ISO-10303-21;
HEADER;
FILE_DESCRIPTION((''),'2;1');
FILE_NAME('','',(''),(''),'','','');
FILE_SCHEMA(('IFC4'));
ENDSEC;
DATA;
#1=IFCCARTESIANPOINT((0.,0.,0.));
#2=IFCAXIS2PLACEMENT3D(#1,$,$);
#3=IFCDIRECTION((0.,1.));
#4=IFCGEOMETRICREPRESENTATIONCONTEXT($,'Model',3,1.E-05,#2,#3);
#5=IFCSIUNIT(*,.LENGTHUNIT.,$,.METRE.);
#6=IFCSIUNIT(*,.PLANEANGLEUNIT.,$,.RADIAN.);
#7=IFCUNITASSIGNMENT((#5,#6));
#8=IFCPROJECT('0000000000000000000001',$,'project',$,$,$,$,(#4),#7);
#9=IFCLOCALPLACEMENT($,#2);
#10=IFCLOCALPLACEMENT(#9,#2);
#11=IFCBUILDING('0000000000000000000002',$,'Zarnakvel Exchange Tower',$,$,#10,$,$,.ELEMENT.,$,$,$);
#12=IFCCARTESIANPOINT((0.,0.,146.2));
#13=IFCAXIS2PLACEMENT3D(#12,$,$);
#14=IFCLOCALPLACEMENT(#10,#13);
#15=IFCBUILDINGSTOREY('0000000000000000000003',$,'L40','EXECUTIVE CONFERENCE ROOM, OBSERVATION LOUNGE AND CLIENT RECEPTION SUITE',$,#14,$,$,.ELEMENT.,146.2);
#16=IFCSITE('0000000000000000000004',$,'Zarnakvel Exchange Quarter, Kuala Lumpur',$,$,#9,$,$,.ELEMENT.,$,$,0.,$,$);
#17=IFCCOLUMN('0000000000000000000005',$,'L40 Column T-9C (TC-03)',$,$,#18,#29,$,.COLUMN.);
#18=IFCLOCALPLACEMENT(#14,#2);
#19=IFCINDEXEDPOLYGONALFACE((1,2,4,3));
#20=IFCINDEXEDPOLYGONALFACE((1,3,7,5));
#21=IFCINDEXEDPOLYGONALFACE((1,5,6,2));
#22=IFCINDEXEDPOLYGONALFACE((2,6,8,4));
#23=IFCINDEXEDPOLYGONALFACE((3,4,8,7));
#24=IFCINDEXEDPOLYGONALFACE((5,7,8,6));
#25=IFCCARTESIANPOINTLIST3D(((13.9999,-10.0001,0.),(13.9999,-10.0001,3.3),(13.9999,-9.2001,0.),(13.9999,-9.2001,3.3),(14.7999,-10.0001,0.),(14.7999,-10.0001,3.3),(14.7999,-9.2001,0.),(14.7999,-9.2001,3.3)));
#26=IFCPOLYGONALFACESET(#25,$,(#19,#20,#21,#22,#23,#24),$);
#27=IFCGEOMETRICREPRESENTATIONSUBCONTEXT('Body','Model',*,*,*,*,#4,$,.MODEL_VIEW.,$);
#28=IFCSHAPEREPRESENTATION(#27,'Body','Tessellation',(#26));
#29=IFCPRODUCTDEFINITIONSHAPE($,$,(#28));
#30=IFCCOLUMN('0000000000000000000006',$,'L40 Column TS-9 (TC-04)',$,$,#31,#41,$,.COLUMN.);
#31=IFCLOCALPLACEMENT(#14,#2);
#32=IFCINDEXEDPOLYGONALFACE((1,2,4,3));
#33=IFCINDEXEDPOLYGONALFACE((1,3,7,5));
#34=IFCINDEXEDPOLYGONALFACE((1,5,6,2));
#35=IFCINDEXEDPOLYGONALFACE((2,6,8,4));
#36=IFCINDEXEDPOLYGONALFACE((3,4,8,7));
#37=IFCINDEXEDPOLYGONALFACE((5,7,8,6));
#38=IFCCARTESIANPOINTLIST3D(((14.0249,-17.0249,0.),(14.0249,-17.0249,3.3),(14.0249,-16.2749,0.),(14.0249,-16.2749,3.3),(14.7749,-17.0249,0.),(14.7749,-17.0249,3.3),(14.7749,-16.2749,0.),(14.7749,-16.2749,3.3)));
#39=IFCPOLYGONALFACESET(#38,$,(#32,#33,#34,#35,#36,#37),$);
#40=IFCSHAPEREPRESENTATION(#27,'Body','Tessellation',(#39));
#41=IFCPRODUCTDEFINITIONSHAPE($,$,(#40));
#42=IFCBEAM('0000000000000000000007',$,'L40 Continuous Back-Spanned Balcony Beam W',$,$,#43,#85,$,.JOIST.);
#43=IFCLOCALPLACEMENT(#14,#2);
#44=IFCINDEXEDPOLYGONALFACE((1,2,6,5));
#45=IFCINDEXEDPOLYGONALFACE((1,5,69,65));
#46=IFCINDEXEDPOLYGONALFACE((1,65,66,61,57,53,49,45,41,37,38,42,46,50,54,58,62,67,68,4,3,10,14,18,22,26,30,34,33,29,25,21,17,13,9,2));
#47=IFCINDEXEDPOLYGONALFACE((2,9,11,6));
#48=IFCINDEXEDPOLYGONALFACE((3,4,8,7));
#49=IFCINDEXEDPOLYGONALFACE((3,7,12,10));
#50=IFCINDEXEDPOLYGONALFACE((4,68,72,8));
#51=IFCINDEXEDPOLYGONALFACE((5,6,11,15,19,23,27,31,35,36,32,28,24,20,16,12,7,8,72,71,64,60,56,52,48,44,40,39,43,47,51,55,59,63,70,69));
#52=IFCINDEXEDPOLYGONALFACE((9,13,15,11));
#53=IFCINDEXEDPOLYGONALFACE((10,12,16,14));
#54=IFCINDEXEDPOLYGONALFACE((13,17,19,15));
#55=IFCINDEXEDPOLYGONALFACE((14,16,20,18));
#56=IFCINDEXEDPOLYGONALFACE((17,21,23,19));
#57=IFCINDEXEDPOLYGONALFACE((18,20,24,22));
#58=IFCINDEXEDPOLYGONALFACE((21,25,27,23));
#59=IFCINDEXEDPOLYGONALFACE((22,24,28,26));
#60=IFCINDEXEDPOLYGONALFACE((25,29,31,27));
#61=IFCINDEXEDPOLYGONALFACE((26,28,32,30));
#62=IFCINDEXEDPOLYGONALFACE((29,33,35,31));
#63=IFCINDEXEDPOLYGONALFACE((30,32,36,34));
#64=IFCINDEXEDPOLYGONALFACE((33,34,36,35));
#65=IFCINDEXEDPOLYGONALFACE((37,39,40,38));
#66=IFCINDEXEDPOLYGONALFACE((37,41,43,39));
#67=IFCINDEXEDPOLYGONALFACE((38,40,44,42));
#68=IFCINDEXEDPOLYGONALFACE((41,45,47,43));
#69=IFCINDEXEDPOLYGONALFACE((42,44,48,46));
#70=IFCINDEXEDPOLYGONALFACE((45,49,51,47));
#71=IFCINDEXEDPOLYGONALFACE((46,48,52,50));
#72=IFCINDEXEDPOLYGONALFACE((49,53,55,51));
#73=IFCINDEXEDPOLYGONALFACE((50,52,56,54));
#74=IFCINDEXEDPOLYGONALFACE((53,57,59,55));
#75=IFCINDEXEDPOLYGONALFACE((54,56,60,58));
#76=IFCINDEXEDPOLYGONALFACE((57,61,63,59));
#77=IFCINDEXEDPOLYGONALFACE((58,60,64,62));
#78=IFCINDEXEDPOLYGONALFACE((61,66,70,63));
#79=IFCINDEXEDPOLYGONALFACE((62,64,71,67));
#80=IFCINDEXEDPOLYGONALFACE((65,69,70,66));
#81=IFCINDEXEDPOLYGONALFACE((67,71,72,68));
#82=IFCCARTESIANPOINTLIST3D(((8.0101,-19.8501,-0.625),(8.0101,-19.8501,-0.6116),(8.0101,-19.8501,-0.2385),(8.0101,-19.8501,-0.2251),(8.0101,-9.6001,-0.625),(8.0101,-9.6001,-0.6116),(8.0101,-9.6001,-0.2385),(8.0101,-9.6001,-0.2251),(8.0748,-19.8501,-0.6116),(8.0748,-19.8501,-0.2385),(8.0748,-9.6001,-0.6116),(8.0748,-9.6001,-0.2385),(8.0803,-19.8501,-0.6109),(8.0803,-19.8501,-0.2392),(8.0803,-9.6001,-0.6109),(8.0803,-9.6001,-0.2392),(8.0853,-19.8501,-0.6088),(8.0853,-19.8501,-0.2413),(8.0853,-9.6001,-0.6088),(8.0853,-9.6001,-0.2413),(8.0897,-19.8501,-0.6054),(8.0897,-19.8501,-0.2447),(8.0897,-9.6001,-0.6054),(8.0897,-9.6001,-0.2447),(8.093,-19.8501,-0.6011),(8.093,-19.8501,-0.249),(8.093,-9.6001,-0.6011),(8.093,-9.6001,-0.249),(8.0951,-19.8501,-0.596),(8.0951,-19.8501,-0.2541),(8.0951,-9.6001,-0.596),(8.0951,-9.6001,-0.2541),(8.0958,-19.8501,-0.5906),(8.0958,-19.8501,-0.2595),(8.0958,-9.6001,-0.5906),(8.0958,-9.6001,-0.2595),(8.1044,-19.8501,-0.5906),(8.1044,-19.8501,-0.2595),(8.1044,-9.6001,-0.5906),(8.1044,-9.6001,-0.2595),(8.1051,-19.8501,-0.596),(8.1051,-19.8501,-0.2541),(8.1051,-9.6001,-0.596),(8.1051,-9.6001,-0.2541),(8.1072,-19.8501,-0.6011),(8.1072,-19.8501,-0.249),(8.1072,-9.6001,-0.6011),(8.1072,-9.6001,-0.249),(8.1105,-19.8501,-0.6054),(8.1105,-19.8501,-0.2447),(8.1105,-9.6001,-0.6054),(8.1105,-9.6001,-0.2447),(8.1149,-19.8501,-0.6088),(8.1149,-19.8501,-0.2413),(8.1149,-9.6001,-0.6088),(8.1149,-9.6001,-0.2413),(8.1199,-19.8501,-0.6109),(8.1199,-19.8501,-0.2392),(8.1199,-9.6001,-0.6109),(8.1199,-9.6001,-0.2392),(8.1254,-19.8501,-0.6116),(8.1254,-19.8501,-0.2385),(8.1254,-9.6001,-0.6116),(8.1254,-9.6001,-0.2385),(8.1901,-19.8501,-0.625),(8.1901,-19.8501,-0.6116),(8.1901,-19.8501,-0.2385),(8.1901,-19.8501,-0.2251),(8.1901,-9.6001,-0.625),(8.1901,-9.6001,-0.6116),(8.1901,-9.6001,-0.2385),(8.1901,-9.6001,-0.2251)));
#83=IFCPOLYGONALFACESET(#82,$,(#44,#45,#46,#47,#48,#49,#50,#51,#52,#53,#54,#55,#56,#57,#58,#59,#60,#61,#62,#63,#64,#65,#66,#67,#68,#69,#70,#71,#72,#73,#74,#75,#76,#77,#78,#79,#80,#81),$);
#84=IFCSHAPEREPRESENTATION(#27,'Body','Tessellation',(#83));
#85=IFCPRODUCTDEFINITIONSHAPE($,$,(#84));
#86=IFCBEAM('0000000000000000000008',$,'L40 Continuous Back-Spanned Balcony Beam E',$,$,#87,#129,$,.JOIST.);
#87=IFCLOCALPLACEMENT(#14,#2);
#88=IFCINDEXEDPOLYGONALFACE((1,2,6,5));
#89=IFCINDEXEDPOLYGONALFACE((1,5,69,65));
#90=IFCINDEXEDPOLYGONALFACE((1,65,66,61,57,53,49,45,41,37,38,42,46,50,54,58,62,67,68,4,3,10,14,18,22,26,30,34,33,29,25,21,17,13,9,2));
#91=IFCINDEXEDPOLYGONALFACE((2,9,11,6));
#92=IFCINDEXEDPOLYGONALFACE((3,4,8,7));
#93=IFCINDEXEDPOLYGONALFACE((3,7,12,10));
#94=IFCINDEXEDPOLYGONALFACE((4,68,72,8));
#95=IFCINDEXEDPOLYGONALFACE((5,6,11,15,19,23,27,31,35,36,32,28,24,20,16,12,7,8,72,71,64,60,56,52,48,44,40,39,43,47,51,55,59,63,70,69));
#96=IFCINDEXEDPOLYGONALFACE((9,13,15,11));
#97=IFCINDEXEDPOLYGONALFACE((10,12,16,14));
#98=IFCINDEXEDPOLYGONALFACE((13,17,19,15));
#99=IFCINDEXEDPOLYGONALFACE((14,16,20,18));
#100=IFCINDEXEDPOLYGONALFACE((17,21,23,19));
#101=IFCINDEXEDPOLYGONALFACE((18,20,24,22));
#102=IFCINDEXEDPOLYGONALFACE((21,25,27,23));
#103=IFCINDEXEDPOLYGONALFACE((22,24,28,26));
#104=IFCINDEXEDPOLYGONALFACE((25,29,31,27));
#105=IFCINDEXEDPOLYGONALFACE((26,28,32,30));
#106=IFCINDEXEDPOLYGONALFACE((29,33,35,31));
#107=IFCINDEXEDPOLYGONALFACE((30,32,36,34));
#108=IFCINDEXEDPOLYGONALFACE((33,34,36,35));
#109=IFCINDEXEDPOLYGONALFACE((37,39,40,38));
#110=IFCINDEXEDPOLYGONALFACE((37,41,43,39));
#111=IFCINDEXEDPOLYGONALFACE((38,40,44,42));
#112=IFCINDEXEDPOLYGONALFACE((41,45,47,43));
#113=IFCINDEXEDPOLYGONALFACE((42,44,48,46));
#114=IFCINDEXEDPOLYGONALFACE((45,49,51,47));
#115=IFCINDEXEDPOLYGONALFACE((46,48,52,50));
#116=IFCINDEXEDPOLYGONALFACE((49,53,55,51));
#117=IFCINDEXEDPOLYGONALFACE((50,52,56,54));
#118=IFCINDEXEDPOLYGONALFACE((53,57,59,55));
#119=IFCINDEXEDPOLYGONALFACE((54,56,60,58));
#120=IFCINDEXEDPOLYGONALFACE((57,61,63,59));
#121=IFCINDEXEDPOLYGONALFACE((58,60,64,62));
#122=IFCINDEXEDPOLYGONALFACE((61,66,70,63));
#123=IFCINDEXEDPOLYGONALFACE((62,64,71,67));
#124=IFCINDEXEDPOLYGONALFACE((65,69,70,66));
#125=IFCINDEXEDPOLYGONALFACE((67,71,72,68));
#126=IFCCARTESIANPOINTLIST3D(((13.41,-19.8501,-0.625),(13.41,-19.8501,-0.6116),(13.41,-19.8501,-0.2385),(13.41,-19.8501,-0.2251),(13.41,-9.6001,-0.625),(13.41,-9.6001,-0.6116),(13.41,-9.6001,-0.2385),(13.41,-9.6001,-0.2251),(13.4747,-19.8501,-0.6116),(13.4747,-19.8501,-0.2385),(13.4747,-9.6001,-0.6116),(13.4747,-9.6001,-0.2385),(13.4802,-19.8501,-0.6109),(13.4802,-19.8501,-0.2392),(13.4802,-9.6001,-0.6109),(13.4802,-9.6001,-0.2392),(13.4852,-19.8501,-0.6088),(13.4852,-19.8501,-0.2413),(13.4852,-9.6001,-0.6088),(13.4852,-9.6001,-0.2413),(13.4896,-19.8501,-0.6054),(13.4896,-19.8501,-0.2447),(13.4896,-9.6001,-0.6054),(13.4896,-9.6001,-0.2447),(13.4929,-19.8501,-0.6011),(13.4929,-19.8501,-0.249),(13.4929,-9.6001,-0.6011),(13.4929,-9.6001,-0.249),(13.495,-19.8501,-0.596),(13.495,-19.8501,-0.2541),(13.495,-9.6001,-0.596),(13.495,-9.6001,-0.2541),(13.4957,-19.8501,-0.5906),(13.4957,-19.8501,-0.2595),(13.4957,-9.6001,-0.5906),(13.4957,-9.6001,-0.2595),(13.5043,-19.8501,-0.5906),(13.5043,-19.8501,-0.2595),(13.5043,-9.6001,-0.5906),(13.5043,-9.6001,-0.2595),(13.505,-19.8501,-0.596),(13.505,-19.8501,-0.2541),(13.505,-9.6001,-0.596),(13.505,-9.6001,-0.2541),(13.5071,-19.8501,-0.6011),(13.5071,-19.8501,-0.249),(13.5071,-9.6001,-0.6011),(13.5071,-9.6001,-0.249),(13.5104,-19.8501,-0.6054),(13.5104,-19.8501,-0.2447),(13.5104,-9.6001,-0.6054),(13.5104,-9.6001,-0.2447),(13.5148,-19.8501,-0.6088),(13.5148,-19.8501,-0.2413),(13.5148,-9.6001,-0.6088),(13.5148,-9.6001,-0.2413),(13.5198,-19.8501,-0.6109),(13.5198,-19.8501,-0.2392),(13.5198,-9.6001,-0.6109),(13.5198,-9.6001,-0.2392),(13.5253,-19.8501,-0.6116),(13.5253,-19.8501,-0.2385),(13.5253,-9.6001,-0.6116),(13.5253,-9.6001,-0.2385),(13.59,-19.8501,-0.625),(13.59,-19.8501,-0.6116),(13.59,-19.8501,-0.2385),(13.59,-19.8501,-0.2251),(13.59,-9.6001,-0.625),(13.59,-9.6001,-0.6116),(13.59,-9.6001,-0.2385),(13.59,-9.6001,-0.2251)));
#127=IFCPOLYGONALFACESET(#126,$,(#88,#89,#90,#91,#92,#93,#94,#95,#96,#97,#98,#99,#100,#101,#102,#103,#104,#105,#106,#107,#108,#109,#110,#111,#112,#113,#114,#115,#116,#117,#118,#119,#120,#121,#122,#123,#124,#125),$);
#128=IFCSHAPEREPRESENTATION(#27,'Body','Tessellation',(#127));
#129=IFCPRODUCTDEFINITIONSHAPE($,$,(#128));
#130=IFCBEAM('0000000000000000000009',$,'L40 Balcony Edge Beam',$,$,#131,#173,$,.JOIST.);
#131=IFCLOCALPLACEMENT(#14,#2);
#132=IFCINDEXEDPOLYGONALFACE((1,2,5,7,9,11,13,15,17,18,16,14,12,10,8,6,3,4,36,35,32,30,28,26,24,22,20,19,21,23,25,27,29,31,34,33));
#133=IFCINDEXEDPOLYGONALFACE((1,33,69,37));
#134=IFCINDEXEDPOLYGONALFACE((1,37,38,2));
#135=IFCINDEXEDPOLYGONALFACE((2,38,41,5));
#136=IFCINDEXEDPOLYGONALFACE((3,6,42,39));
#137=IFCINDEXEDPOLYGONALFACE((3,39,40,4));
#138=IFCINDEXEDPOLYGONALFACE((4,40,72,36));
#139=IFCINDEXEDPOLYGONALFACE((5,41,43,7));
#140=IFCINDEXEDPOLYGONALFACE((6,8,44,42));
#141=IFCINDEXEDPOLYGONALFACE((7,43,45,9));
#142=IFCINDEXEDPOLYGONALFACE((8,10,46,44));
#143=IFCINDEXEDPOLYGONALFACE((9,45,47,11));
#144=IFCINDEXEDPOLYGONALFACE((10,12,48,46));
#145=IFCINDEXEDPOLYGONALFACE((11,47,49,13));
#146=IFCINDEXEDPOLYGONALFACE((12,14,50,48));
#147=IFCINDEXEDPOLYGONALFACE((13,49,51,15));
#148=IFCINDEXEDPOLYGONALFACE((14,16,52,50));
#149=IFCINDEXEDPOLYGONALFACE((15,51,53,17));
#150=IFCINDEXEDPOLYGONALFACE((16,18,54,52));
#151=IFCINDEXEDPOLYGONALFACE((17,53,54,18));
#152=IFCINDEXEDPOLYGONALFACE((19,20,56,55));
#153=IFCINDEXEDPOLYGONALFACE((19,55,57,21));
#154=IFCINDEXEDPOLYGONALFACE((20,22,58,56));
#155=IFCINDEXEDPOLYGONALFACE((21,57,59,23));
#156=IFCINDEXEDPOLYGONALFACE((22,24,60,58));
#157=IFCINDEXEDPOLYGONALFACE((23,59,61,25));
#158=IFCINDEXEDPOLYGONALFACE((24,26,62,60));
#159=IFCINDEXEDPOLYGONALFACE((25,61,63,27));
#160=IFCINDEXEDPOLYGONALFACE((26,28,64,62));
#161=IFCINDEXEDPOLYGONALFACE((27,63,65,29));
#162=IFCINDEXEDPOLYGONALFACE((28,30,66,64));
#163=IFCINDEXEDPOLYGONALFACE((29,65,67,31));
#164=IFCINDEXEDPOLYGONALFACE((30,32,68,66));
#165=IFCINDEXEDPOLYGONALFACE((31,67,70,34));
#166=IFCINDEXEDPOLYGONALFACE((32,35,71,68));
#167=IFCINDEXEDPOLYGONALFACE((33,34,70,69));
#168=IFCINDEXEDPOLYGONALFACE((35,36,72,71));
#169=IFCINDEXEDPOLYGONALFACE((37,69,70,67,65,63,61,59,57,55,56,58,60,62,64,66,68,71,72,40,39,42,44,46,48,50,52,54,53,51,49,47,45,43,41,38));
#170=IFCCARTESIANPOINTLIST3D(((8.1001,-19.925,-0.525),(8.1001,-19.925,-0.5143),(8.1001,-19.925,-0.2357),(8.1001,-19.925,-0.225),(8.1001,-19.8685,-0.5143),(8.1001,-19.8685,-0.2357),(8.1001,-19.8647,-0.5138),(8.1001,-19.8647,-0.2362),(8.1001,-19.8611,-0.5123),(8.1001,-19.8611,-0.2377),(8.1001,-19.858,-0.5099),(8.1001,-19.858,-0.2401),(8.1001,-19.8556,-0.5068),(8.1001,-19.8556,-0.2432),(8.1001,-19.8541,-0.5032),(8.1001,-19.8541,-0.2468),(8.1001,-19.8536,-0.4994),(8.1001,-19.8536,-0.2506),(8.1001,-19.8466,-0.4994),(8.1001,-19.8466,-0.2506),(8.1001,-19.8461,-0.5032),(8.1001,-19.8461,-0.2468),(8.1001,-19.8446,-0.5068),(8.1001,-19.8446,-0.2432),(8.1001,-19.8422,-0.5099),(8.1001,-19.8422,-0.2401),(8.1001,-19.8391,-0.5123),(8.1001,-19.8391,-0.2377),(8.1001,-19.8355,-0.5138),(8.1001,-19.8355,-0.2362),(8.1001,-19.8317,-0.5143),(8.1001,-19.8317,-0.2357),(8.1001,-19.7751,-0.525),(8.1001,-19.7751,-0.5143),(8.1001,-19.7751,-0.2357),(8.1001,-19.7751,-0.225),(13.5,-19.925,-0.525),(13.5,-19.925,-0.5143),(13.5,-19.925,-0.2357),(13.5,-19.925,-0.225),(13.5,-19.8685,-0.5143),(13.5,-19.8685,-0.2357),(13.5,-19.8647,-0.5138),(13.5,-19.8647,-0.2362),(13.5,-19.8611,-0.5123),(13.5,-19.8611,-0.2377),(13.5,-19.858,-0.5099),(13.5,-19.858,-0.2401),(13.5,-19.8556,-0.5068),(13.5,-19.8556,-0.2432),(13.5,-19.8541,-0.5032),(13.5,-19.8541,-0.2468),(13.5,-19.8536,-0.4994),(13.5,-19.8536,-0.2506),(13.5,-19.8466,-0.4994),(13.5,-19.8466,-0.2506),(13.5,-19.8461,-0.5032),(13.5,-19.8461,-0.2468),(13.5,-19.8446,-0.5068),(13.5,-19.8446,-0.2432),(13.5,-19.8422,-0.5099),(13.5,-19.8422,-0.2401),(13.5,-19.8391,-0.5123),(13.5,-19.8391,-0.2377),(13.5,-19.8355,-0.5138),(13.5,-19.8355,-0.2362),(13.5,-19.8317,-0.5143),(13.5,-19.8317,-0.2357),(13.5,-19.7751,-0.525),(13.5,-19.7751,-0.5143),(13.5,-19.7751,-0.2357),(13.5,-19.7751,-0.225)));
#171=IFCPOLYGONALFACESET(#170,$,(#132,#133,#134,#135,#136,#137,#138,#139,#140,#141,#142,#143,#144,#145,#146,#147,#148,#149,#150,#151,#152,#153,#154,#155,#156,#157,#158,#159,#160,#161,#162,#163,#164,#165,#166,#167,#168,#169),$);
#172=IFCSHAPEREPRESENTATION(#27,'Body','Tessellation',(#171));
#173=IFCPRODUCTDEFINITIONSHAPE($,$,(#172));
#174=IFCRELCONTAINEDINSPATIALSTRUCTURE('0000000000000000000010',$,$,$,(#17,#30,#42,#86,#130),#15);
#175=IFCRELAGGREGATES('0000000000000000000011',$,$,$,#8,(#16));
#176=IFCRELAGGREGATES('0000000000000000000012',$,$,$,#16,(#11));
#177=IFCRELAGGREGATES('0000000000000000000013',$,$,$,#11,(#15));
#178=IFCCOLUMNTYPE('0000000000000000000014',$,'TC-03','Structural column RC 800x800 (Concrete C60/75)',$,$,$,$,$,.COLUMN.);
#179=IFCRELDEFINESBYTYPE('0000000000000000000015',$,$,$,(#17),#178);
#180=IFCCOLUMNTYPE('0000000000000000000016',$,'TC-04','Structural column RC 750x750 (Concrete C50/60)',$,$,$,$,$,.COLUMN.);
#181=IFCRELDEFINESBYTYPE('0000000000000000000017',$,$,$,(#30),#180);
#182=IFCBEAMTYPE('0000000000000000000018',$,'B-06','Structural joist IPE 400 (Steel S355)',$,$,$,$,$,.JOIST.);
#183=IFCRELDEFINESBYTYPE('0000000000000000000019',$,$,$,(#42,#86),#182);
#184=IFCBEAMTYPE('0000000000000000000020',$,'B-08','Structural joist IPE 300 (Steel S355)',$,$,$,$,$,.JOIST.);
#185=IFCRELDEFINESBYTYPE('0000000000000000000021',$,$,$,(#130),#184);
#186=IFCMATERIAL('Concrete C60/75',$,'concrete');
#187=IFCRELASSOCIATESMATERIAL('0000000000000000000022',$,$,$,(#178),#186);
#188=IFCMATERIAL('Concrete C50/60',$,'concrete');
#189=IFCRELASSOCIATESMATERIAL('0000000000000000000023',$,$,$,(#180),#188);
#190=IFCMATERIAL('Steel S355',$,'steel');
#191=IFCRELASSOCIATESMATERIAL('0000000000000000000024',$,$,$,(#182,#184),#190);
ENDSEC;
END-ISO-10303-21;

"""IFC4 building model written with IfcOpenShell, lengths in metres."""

from ifc_helpers import new_model, si_unit, direction, frame, origin, origin_2d, place, context, subcontext, project, spatial, rectangle, i_section, extrude, material, material_profile, profile_set, type_object, element, save


model = new_model("IFC4")

# Units and contexts
model_context = context("Model", 3, precision=1e-05, world=origin(), true_north=direction((0.0, 1.0)))
body_context = subcontext(model_context, "Body", "Model", "MODEL_VIEW")
ifc_project = project(units=[si_unit("LENGTHUNIT", "METRE"), si_unit("PLANEANGLEUNIT", "RADIAN")], contexts=[model_context])

# Site, building, storey
site_placement = place(None, origin())
site = spatial("IfcSite", under=ifc_project, at=site_placement, Name="Zarnakvel Exchange Quarter, Kuala Lumpur", CompositionType="ELEMENT", RefElevation=0.0)
building_placement = place(site_placement, origin())
building = spatial("IfcBuilding", under=site, at=building_placement, Name="Zarnakvel Exchange Tower", CompositionType="ELEMENT")
storey_placement = place(building_placement, frame((0.0, 0.0, 146.2)))
storey = spatial("IfcBuildingStorey", under=building, at=storey_placement, Name="L40", Description="EXECUTIVE CONFERENCE ROOM, OBSERVATION LOUNGE AND CLIENT RECEPTION SUITE", CompositionType="ELEMENT", Elevation=146.2)

# Columns
ifc_material_1 = material(Name="Concrete C60/75", Category="concrete")
ifc_material_profile_1 = material_profile(ifc_material_1, rectangle(XDim=0.8, YDim=0.8, at=origin_2d()))
ifc_profile_set_1 = profile_set([ifc_material_profile_1], Name="Concrete C60/75")
column_type_1 = type_object("IfcColumnType", Name="TC-03", Description="Structural column RC 800x800 (Concrete C60/75)", PredefinedType="COLUMN", material=ifc_profile_set_1)
column_1_placement = place(storey_placement, frame((14.3999, -9.6001, 0.0), z_axis=(0.0, 0.0, 1.0), x_axis=(1.0, 0.0, 0.0)))
element("IfcColumn", 1, at=column_1_placement, inside=storey, type_object=column_type_1, Name="L40 Column T-9C (TC-03)", PredefinedType="COLUMN", context=body_context, shape_type="SweptSolid", body=[
    extrude(rectangle(XDim=0.8, YDim=0.8, at=origin_2d()), origin(), (0.0, 0.0, 1.0), 3.3),
])
ifc_material_2 = material(Name="Concrete C50/60", Category="concrete")
ifc_material_profile_2 = material_profile(ifc_material_2, rectangle(XDim=0.75, YDim=0.75, at=origin_2d()))
ifc_profile_set_2 = profile_set([ifc_material_profile_2], Name="Concrete C50/60")
column_type_2 = type_object("IfcColumnType", Name="TC-04", Description="Structural column RC 750x750 (Concrete C50/60)", PredefinedType="COLUMN", material=ifc_profile_set_2)
column_2_placement = place(storey_placement, frame((14.3999, -16.6499, 0.0), z_axis=(0.0, 0.0, 1.0), x_axis=(1.0, 0.0, 0.0)))
element("IfcColumn", 2, at=column_2_placement, inside=storey, type_object=column_type_2, Name="L40 Column TS-9 (TC-04)", PredefinedType="COLUMN", context=body_context, shape_type="SweptSolid", body=[
    extrude(rectangle(XDim=0.75, YDim=0.75, at=origin_2d()), origin(), (0.0, 0.0, 1.0), 3.3),
])

# Beams
ifc_material_3 = material(Name="Steel S355", Category="steel")
ifc_material_profile_3 = material_profile(ifc_material_3, i_section(OverallWidth=0.1799, OverallDepth=0.3999, WebThickness=0.0085, FlangeThickness=0.0134, FilletRadius=0.021, at=origin_2d()))
ifc_profile_set_3 = profile_set([ifc_material_profile_3], Name="Steel S355")
beam_type_1 = type_object("IfcBeamType", Name="B-06", Description="Structural joist IPE 400 (Steel S355)", PredefinedType="JOIST", material=ifc_profile_set_3)
for number, where, z_axis, x_axis, name in (
    (3, (8.1001, -9.6001, -0.425), (0.0, -1.0, 0.0), (1.0, 0.0, 0.0), "L40 Continuous Back-Spanned Balcony Beam W"),
    (4, (13.5, -9.6001, -0.425), (0.0, -1.0, 0.0), (1.0, 0.0, 0.0), "L40 Continuous Back-Spanned Balcony Beam E"),
):
    element("IfcBeam", number, at=place(storey_placement, frame(where, z_axis=z_axis, x_axis=x_axis)), inside=storey, type_object=beam_type_1, Name=name, PredefinedType="JOIST", context=body_context, shape_type="SweptSolid", body=[
        extrude(i_section(OverallWidth=0.1799, OverallDepth=0.3999, WebThickness=0.0085, FlangeThickness=0.0134, FilletRadius=0.021, at=origin_2d()), origin(), (0.0, 0.0, 1.0), 10.25),
    ])
ifc_material_profile_4 = material_profile(ifc_material_3, i_section(OverallWidth=0.1499, OverallDepth=0.3, WebThickness=0.0071, FlangeThickness=0.0107, FilletRadius=0.0149, at=origin_2d()))
ifc_profile_set_4 = profile_set([ifc_material_profile_4], Name="Steel S355")
beam_type_2 = type_object("IfcBeamType", Name="B-08", Description="Structural joist IPE 300 (Steel S355)", PredefinedType="JOIST", material=ifc_profile_set_4)
beam_1_placement = place(storey_placement, frame((8.1001, -19.8501, -0.375), z_axis=(1.0, 0.0, 0.0), x_axis=(0.0, 1.0, 0.0)))
element("IfcBeam", 5, at=beam_1_placement, inside=storey, type_object=beam_type_2, Name="L40 Balcony Edge Beam", PredefinedType="JOIST", context=body_context, shape_type="SweptSolid", body=[
    extrude(i_section(OverallWidth=0.1499, OverallDepth=0.3, WebThickness=0.0071, FlangeThickness=0.0107, FilletRadius=0.0149, at=origin_2d()), origin(), (0.0, 0.0, 1.0), 5.3999),
])

save(model, "model.ifc")
